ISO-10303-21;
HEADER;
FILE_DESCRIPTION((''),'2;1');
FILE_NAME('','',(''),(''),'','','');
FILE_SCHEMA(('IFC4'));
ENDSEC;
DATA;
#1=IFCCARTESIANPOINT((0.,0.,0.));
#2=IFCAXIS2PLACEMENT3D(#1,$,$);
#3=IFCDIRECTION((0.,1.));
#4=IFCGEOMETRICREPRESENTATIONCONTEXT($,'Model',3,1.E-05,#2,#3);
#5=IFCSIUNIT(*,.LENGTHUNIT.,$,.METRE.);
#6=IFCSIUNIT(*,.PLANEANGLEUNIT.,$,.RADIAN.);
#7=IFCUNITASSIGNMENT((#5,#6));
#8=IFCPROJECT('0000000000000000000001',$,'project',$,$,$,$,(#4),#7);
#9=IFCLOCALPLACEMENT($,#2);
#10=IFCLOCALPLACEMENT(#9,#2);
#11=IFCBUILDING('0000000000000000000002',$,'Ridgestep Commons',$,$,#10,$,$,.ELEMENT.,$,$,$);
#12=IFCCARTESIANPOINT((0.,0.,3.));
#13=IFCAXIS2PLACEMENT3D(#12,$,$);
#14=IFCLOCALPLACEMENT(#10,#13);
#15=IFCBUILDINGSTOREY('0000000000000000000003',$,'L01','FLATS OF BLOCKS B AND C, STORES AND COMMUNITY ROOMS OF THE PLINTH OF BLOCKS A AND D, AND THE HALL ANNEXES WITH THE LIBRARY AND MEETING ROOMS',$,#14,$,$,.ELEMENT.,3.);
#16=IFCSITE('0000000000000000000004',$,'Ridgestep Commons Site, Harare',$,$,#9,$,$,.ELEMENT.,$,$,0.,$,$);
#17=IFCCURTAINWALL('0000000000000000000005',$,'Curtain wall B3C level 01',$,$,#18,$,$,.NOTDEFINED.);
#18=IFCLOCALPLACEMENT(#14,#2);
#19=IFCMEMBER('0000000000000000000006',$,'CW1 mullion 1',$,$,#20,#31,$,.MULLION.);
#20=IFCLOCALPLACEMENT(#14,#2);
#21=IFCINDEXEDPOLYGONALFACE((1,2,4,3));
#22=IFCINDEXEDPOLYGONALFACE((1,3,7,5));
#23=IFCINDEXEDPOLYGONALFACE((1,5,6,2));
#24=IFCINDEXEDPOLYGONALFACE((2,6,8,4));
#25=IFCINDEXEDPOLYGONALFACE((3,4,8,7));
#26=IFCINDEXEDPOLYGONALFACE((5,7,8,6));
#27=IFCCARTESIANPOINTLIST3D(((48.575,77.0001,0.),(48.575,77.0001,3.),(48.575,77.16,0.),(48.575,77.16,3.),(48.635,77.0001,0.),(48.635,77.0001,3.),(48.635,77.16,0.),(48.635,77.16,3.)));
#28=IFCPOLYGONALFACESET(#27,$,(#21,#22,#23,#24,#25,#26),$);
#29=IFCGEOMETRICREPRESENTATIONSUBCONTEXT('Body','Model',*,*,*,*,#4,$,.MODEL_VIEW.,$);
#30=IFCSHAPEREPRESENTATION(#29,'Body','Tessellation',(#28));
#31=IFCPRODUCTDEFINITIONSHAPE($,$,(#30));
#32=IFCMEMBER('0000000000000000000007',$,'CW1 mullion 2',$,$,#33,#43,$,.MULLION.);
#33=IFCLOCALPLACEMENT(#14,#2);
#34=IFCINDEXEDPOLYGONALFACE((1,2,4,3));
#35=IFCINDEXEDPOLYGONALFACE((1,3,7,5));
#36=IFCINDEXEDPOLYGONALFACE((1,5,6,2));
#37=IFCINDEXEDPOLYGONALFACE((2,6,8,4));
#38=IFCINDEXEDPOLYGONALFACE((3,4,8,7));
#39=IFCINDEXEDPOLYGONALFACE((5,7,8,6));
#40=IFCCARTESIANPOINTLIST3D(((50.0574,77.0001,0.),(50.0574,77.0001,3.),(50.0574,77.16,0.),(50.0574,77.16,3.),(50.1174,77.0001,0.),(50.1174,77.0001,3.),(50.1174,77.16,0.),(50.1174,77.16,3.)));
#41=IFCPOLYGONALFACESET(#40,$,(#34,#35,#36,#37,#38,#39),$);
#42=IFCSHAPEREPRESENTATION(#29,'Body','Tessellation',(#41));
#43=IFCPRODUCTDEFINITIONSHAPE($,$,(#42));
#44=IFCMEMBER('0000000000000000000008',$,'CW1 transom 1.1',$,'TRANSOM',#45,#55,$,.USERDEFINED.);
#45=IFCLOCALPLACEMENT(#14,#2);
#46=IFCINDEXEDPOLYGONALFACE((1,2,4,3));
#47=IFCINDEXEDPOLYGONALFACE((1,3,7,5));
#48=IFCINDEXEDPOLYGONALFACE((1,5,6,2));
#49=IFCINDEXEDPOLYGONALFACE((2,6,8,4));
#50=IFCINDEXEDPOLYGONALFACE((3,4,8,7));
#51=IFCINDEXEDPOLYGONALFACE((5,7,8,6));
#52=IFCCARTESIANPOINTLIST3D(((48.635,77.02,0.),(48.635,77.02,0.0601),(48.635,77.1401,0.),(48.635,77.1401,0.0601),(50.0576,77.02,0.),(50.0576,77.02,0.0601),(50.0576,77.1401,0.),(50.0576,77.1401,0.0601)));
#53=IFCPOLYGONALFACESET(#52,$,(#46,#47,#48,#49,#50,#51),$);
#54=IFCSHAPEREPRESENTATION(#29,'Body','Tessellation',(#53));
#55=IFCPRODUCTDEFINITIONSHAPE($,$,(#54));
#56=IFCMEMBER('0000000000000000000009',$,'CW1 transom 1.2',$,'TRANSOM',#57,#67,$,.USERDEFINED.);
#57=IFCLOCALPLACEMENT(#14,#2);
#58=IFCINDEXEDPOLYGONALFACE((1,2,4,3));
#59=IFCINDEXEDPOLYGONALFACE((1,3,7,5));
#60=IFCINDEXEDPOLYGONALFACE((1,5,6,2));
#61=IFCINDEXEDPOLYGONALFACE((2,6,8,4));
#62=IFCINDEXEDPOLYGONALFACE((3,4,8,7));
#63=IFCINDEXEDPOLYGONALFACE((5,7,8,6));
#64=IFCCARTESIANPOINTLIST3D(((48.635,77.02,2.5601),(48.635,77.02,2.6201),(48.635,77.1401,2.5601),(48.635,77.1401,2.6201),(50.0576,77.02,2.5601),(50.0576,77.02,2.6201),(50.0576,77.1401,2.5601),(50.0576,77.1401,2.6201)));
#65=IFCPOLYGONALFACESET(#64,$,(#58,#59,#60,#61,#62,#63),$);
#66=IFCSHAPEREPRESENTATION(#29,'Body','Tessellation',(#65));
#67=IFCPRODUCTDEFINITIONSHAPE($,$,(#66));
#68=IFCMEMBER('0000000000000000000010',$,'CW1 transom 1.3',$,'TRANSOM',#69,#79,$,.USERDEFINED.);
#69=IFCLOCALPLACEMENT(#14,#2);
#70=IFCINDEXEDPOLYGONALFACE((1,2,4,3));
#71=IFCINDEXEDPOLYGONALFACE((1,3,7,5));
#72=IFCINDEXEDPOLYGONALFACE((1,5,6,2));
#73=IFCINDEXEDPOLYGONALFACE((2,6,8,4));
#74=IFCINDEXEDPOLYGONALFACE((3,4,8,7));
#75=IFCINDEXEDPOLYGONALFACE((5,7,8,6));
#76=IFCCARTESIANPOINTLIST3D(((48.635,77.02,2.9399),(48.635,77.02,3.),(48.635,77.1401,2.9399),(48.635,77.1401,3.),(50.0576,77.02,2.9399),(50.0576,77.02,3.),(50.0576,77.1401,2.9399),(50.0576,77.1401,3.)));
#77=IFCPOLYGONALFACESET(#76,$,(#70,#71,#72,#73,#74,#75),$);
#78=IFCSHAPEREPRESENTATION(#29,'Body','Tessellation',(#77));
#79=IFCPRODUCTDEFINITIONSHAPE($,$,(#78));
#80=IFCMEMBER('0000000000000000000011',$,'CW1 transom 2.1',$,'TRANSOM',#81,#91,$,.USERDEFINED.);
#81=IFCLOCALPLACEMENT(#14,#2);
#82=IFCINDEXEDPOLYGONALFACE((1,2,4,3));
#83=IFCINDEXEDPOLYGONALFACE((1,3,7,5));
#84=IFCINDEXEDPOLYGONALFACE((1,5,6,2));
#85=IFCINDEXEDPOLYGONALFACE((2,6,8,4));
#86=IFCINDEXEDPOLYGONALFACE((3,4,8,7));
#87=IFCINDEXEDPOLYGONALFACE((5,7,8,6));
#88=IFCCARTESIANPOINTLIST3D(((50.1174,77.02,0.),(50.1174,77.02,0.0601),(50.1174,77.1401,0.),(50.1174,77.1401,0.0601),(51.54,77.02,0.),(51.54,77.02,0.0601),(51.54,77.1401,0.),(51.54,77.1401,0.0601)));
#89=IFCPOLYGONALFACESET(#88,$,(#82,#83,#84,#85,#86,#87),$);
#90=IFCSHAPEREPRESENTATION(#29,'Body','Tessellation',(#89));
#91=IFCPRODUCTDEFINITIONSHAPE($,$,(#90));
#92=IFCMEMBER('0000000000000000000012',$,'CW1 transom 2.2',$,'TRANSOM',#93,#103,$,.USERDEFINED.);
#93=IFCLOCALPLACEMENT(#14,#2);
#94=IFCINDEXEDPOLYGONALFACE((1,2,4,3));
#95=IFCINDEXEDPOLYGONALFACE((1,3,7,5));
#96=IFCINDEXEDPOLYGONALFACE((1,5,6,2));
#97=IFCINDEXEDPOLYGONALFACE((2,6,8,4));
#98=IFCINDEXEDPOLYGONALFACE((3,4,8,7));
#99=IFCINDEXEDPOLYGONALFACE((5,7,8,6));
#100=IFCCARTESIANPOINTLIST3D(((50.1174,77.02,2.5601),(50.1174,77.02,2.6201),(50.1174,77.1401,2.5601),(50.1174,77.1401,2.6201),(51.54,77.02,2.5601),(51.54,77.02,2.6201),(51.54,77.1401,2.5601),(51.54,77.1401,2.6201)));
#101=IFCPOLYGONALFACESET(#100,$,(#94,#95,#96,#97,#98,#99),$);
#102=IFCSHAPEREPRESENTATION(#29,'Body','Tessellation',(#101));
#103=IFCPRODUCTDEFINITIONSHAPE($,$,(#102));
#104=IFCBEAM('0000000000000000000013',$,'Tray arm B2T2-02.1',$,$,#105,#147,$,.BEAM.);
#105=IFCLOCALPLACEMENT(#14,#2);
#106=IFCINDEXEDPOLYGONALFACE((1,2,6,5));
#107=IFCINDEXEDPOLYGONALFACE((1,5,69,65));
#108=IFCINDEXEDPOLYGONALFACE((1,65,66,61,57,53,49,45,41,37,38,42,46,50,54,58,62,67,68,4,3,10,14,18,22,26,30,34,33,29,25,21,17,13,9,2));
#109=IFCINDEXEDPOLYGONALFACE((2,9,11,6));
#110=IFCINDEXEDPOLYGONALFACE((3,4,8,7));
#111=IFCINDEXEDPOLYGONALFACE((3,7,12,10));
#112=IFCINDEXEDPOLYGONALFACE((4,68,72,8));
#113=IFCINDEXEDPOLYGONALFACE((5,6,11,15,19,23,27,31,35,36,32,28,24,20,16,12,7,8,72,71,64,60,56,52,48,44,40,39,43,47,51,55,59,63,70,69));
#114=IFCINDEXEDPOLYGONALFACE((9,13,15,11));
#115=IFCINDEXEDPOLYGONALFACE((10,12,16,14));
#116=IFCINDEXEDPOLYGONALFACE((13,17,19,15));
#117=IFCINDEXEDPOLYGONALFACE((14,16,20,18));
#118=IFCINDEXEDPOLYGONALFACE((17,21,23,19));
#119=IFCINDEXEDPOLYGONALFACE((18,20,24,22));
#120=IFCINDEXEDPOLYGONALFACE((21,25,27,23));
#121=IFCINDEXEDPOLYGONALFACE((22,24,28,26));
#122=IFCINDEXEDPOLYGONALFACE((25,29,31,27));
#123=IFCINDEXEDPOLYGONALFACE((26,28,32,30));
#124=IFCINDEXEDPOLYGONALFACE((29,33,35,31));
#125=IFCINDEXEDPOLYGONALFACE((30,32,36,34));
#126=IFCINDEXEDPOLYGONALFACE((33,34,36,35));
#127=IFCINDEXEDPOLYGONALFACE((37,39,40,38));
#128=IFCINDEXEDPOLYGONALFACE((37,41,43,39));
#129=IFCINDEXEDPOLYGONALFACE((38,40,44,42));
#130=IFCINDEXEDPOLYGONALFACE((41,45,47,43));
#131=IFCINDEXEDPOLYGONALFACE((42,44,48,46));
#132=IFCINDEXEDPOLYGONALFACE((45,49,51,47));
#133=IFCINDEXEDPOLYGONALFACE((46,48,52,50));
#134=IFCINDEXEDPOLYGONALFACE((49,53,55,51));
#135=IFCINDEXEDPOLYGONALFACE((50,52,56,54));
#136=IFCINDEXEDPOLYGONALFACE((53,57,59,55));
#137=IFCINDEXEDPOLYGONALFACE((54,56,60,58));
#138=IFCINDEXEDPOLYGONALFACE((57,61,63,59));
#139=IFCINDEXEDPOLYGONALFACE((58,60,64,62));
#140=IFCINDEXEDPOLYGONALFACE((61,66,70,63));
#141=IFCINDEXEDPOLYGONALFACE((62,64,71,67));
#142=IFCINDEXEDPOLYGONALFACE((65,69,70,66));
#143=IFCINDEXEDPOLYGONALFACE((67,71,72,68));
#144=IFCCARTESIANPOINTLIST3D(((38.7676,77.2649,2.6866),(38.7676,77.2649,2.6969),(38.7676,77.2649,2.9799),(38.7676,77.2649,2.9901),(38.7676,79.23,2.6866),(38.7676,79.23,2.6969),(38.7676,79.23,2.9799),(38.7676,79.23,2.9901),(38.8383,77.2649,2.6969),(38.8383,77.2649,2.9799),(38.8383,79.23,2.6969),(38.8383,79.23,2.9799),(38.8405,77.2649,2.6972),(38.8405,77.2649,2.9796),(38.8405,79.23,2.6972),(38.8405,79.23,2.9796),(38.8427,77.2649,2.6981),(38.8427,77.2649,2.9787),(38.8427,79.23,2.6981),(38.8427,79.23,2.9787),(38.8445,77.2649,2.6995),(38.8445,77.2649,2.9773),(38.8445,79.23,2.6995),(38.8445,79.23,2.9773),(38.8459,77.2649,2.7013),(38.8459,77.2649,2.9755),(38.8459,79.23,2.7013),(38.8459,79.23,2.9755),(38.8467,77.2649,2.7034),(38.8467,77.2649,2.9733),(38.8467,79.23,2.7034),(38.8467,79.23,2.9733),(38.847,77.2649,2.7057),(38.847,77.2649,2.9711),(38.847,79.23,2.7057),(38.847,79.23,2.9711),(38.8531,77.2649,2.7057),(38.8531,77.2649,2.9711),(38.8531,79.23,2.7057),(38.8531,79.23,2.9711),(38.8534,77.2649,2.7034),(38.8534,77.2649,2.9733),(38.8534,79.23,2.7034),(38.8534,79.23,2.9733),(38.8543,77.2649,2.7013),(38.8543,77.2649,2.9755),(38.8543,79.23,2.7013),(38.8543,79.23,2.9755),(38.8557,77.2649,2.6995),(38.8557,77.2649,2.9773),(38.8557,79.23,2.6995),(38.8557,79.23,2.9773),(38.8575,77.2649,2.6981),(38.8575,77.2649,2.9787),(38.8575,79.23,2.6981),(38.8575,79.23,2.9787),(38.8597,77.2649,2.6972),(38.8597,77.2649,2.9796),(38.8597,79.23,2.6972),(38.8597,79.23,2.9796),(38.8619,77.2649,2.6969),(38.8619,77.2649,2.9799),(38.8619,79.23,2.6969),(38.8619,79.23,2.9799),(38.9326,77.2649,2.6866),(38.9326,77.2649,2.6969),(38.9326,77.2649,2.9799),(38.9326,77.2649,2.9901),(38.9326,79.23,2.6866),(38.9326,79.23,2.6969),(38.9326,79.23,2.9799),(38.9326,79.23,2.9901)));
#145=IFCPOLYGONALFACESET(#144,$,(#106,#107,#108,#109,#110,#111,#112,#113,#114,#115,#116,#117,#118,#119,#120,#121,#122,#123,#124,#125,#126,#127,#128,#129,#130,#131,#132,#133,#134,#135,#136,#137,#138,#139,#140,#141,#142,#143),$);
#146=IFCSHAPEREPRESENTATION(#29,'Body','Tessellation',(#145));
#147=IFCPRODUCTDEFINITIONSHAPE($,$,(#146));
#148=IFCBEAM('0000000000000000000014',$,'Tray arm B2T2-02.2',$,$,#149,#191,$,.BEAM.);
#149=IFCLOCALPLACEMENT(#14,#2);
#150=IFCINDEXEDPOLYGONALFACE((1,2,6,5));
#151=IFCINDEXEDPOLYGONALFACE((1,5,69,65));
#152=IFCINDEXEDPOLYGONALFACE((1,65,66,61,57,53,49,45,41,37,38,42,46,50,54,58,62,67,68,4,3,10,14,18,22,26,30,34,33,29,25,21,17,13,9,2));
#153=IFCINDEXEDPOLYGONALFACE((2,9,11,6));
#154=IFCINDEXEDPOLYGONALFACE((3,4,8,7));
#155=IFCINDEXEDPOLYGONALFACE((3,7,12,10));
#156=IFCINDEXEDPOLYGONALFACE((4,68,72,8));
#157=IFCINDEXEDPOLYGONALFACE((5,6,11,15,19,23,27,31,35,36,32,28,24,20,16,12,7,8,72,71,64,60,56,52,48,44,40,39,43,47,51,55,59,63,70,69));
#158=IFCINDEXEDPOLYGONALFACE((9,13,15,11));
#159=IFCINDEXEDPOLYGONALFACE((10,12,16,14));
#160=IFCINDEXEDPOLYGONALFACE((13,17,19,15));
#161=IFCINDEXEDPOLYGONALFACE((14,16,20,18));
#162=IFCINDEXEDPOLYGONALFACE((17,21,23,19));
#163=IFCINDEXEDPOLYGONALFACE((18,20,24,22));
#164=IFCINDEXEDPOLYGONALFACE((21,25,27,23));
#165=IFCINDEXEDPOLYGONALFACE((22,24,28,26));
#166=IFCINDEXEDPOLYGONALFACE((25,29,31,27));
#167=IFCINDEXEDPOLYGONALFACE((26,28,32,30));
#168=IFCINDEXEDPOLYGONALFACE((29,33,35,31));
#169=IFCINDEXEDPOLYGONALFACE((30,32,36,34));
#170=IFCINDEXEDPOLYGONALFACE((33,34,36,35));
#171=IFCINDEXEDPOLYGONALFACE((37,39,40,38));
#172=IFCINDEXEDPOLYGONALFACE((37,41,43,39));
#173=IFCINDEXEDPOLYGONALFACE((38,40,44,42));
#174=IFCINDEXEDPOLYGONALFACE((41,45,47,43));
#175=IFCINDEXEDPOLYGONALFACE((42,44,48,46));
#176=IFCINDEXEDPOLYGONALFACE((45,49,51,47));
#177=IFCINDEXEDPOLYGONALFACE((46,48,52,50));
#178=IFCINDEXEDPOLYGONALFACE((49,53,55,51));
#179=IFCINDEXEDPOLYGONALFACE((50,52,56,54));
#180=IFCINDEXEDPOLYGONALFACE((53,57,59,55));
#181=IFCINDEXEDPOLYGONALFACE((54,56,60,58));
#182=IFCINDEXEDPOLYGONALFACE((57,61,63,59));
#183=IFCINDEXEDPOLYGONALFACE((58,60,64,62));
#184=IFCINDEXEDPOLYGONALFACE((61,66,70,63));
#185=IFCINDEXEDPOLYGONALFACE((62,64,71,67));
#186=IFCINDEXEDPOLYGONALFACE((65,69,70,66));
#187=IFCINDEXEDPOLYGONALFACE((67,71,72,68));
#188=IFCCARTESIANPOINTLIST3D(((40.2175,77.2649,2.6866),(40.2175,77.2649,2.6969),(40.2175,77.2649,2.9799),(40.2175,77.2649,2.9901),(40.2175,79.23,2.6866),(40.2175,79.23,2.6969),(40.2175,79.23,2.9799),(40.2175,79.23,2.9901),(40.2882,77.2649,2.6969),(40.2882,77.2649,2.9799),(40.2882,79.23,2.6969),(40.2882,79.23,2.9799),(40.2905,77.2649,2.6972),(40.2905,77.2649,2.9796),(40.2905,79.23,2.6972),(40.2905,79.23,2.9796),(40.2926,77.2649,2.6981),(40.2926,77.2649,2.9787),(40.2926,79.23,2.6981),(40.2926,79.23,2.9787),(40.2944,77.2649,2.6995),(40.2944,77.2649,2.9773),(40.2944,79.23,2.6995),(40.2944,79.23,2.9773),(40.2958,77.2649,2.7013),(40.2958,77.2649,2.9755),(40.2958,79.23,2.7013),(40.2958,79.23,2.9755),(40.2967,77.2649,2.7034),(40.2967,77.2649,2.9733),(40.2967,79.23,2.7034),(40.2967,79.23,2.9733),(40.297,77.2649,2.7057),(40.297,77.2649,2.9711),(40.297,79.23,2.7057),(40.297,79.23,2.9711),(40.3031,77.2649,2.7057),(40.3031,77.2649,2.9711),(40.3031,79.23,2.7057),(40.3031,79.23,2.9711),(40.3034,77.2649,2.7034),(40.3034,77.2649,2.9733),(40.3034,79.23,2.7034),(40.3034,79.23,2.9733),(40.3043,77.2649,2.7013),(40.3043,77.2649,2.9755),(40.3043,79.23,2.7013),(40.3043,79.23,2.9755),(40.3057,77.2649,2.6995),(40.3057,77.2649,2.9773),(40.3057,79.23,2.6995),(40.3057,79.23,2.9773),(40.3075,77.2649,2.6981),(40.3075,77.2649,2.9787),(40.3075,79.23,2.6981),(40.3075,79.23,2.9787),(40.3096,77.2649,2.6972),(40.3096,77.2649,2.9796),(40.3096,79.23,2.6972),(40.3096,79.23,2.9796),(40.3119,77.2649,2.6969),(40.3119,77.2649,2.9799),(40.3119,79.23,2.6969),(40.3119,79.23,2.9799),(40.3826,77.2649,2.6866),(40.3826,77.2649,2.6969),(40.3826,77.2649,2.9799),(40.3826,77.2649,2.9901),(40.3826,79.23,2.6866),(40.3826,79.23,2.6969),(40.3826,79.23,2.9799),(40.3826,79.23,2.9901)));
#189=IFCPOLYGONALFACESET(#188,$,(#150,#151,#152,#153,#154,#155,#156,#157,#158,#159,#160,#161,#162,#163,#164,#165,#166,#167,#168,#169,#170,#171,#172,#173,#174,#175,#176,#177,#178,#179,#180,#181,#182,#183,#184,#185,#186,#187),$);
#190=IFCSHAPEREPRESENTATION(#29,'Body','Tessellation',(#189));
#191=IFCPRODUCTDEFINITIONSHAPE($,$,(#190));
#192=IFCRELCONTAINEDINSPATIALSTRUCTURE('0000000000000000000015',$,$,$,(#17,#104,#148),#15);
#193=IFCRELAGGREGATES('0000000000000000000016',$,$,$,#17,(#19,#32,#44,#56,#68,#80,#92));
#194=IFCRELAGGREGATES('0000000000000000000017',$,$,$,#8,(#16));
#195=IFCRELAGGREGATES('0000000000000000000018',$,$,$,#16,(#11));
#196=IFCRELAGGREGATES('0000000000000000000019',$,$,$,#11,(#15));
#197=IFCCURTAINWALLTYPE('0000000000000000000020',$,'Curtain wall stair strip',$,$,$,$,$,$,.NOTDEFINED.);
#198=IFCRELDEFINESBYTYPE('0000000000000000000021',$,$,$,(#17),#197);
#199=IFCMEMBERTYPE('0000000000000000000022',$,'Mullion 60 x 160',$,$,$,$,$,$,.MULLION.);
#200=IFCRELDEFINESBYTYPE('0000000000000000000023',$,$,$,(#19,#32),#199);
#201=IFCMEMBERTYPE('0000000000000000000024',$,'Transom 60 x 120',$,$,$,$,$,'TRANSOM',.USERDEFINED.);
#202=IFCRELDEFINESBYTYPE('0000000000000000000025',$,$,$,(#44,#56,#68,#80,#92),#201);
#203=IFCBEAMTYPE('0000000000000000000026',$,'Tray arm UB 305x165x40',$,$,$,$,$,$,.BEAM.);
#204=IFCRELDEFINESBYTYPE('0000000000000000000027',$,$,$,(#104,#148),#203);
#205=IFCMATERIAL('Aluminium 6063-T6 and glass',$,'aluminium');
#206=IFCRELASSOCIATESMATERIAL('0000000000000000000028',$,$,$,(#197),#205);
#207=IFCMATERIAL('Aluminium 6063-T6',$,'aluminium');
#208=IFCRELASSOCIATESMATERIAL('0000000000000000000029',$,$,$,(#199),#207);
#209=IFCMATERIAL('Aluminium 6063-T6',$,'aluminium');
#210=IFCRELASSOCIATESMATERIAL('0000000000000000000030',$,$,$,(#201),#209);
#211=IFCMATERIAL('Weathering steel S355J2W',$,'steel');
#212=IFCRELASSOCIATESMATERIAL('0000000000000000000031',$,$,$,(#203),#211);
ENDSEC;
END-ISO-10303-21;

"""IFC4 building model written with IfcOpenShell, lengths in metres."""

from ifc_helpers import new_model, si_unit, direction, frame, origin, origin_2d, place, context, subcontext, project, spatial, rectangle, i_section, extrude, material, material_profile, profile_set, type_object, element, aggregate, save


model = new_model("IFC4")

# Units and contexts
model_context = context("Model", 3, precision=1e-05, world=origin(), true_north=direction((0.0, 1.0)))
body_context = subcontext(model_context, "Body", "Model", "MODEL_VIEW")
ifc_project = project(units=[si_unit("LENGTHUNIT", "METRE"), si_unit("PLANEANGLEUNIT", "RADIAN")], contexts=[model_context])

# Site, building, storey
site_placement = place(None, origin())
site = spatial("IfcSite", under=ifc_project, at=site_placement, Name="Ridgestep Commons Site, Harare", CompositionType="ELEMENT", RefElevation=0.0)
building_placement = place(site_placement, origin())
building = spatial("IfcBuilding", under=site, at=building_placement, Name="Ridgestep Commons", CompositionType="ELEMENT")
storey_placement = place(building_placement, frame((0.0, 0.0, 3.0)))
storey = spatial("IfcBuildingStorey", under=building, at=storey_placement, Name="L01", Description="FLATS OF BLOCKS B AND C, STORES AND COMMUNITY ROOMS OF THE PLINTH OF BLOCKS A AND D, AND THE HALL ANNEXES WITH THE LIBRARY AND MEETING ROOMS", CompositionType="ELEMENT", Elevation=3.0)

# Curtain wall, members
ifc_material_1 = material(Name="Aluminium 6063-T6 and glass", Category="aluminium")
curtain_wall_type = type_object("IfcCurtainWallType", Name="Curtain wall stair strip", PredefinedType="NOTDEFINED", material=ifc_material_1)
curtain_wall_placement = place(storey_placement, origin())
curtain_wall = element("IfcCurtainWall", 1, at=curtain_wall_placement, inside=storey, type_object=curtain_wall_type, Name="Curtain wall B3C level 01", PredefinedType="NOTDEFINED")
ifc_material_2 = material(Name="Aluminium 6063-T6", Category="aluminium")
ifc_material_profile_1 = material_profile(ifc_material_2, rectangle(XDim=0.1599, YDim=0.0601, at=origin_2d()), Name="Mullion 60 x 160")
ifc_profile_set_1 = profile_set([ifc_material_profile_1], Name="Aluminium 6063-T6")
member_type_1 = type_object("IfcMemberType", Name="Mullion 60 x 160", PredefinedType="MULLION", material=ifc_profile_set_1)
member_1_placement = place(storey_placement, frame((48.605, 77.0801, 0.0), z_axis=(0.0, 0.0, 1.0), x_axis=(0.0, 1.0, 0.0)))
member_1 = element("IfcMember", 2, at=member_1_placement, type_object=member_type_1, Name="CW1 mullion 1", PredefinedType="MULLION", context=body_context, shape_type="SweptSolid", body=[
    extrude(rectangle(XDim=0.1599, YDim=0.0601, at=origin_2d()), origin(), (0.0, 0.0, 1.0), 3.0),
])
member_2_placement = place(storey_placement, frame((50.0874, 77.0801, 0.0), z_axis=(0.0, 0.0, 1.0), x_axis=(0.0, 1.0, 0.0)))
member_2 = element("IfcMember", 3, at=member_2_placement, type_object=member_type_1, Name="CW1 mullion 2", PredefinedType="MULLION", context=body_context, shape_type="SweptSolid", body=[
    extrude(rectangle(XDim=0.1599, YDim=0.0601, at=origin_2d()), origin(), (0.0, 0.0, 1.0), 3.0),
])
ifc_material_3 = material(Name="Aluminium 6063-T6", Category="aluminium")
ifc_material_profile_2 = material_profile(ifc_material_3, rectangle(XDim=0.1201, YDim=0.0601, at=origin_2d()), Name="Transom 60 x 120")
ifc_profile_set_2 = profile_set([ifc_material_profile_2], Name="Aluminium 6063-T6")
member_type_2 = type_object("IfcMemberType", Name="Transom 60 x 120", ElementType="TRANSOM", PredefinedType="USERDEFINED", material=ifc_profile_set_2)
member_3_placement = place(storey_placement, frame((48.635, 77.0801, 0.03), z_axis=(1.0, 0.0, 0.0), x_axis=(0.0, 1.0, 0.0)))
member_3 = element("IfcMember", 4, at=member_3_placement, type_object=member_type_2, Name="CW1 transom 1.1", ObjectType="TRANSOM", PredefinedType="USERDEFINED", context=body_context, shape_type="SweptSolid", body=[
    extrude(rectangle(XDim=0.1201, YDim=0.0601, at=origin_2d()), origin(), (0.0, 0.0, 1.0), 1.4226),
])
member_4_placement = place(storey_placement, frame((48.635, 77.0801, 2.5901), z_axis=(1.0, 0.0, 0.0), x_axis=(0.0, 1.0, 0.0)))
member_4 = element("IfcMember", 5, at=member_4_placement, type_object=member_type_2, Name="CW1 transom 1.2", ObjectType="TRANSOM", PredefinedType="USERDEFINED", context=body_context, shape_type="SweptSolid", body=[
    extrude(rectangle(XDim=0.1201, YDim=0.0601, at=origin_2d()), origin(), (0.0, 0.0, 1.0), 1.4226),
])
member_5_placement = place(storey_placement, frame((48.635, 77.0801, 2.97), z_axis=(1.0, 0.0, 0.0), x_axis=(0.0, 1.0, 0.0)))
member_5 = element("IfcMember", 6, at=member_5_placement, type_object=member_type_2, Name="CW1 transom 1.3", ObjectType="TRANSOM", PredefinedType="USERDEFINED", context=body_context, shape_type="SweptSolid", body=[
    extrude(rectangle(XDim=0.1201, YDim=0.0601, at=origin_2d()), origin(), (0.0, 0.0, 1.0), 1.4226),
])
member_6_placement = place(storey_placement, frame((50.1174, 77.0801, 0.03), z_axis=(1.0, 0.0, 0.0), x_axis=(0.0, 1.0, 0.0)))
member_6 = element("IfcMember", 7, at=member_6_placement, type_object=member_type_2, Name="CW1 transom 2.1", ObjectType="TRANSOM", PredefinedType="USERDEFINED", context=body_context, shape_type="SweptSolid", body=[
    extrude(rectangle(XDim=0.1201, YDim=0.0601, at=origin_2d()), origin(), (0.0, 0.0, 1.0), 1.4226),
])
member_7_placement = place(storey_placement, frame((50.1174, 77.0801, 2.5901), z_axis=(1.0, 0.0, 0.0), x_axis=(0.0, 1.0, 0.0)))
member_7 = element("IfcMember", 8, at=member_7_placement, type_object=member_type_2, Name="CW1 transom 2.2", ObjectType="TRANSOM", PredefinedType="USERDEFINED", context=body_context, shape_type="SweptSolid", body=[
    extrude(rectangle(XDim=0.1201, YDim=0.0601, at=origin_2d()), origin(), (0.0, 0.0, 1.0), 1.4226),
])

# Beams
ifc_material_4 = material(Name="Weathering steel S355J2W", Category="steel")
ifc_material_profile_3 = material_profile(ifc_material_4, i_section(OverallWidth=0.165, OverallDepth=0.3035, WebThickness=0.0061, FlangeThickness=0.0103, FilletRadius=0.0088, at=origin_2d()), Name="UB 305x165x40")
ifc_profile_set_3 = profile_set([ifc_material_profile_3], Name="Weathering steel S355J2W")
beam_type_1 = type_object("IfcBeamType", Name="Tray arm UB 305x165x40", PredefinedType="BEAM", material=ifc_profile_set_3)
for number, where, z_axis, x_axis, name in (
    (9, (38.8501, 77.2649, 2.8384), (0.0, 1.0, 0.0), (-1.0, 0.0, 0.0), "Tray arm B2T2-02.1"),
    (10, (40.3, 77.2649, 2.8384), (0.0, 1.0, 0.0), (-1.0, 0.0, 0.0), "Tray arm B2T2-02.2"),
):
    element("IfcBeam", number, at=place(storey_placement, frame(where, z_axis=z_axis, x_axis=x_axis)), inside=storey, type_object=beam_type_1, Name=name, PredefinedType="BEAM", context=body_context, shape_type="SweptSolid", body=[
        extrude(i_section(OverallWidth=0.165, OverallDepth=0.3035, WebThickness=0.0061, FlangeThickness=0.0103, FilletRadius=0.0088, at=origin_2d()), origin(), (0.0, 0.0, 1.0), 1.9651),
    ])

aggregate(curtain_wall, [member_1, member_2, member_3, member_4, member_5, member_6, member_7])

save(model, "model.ifc")
